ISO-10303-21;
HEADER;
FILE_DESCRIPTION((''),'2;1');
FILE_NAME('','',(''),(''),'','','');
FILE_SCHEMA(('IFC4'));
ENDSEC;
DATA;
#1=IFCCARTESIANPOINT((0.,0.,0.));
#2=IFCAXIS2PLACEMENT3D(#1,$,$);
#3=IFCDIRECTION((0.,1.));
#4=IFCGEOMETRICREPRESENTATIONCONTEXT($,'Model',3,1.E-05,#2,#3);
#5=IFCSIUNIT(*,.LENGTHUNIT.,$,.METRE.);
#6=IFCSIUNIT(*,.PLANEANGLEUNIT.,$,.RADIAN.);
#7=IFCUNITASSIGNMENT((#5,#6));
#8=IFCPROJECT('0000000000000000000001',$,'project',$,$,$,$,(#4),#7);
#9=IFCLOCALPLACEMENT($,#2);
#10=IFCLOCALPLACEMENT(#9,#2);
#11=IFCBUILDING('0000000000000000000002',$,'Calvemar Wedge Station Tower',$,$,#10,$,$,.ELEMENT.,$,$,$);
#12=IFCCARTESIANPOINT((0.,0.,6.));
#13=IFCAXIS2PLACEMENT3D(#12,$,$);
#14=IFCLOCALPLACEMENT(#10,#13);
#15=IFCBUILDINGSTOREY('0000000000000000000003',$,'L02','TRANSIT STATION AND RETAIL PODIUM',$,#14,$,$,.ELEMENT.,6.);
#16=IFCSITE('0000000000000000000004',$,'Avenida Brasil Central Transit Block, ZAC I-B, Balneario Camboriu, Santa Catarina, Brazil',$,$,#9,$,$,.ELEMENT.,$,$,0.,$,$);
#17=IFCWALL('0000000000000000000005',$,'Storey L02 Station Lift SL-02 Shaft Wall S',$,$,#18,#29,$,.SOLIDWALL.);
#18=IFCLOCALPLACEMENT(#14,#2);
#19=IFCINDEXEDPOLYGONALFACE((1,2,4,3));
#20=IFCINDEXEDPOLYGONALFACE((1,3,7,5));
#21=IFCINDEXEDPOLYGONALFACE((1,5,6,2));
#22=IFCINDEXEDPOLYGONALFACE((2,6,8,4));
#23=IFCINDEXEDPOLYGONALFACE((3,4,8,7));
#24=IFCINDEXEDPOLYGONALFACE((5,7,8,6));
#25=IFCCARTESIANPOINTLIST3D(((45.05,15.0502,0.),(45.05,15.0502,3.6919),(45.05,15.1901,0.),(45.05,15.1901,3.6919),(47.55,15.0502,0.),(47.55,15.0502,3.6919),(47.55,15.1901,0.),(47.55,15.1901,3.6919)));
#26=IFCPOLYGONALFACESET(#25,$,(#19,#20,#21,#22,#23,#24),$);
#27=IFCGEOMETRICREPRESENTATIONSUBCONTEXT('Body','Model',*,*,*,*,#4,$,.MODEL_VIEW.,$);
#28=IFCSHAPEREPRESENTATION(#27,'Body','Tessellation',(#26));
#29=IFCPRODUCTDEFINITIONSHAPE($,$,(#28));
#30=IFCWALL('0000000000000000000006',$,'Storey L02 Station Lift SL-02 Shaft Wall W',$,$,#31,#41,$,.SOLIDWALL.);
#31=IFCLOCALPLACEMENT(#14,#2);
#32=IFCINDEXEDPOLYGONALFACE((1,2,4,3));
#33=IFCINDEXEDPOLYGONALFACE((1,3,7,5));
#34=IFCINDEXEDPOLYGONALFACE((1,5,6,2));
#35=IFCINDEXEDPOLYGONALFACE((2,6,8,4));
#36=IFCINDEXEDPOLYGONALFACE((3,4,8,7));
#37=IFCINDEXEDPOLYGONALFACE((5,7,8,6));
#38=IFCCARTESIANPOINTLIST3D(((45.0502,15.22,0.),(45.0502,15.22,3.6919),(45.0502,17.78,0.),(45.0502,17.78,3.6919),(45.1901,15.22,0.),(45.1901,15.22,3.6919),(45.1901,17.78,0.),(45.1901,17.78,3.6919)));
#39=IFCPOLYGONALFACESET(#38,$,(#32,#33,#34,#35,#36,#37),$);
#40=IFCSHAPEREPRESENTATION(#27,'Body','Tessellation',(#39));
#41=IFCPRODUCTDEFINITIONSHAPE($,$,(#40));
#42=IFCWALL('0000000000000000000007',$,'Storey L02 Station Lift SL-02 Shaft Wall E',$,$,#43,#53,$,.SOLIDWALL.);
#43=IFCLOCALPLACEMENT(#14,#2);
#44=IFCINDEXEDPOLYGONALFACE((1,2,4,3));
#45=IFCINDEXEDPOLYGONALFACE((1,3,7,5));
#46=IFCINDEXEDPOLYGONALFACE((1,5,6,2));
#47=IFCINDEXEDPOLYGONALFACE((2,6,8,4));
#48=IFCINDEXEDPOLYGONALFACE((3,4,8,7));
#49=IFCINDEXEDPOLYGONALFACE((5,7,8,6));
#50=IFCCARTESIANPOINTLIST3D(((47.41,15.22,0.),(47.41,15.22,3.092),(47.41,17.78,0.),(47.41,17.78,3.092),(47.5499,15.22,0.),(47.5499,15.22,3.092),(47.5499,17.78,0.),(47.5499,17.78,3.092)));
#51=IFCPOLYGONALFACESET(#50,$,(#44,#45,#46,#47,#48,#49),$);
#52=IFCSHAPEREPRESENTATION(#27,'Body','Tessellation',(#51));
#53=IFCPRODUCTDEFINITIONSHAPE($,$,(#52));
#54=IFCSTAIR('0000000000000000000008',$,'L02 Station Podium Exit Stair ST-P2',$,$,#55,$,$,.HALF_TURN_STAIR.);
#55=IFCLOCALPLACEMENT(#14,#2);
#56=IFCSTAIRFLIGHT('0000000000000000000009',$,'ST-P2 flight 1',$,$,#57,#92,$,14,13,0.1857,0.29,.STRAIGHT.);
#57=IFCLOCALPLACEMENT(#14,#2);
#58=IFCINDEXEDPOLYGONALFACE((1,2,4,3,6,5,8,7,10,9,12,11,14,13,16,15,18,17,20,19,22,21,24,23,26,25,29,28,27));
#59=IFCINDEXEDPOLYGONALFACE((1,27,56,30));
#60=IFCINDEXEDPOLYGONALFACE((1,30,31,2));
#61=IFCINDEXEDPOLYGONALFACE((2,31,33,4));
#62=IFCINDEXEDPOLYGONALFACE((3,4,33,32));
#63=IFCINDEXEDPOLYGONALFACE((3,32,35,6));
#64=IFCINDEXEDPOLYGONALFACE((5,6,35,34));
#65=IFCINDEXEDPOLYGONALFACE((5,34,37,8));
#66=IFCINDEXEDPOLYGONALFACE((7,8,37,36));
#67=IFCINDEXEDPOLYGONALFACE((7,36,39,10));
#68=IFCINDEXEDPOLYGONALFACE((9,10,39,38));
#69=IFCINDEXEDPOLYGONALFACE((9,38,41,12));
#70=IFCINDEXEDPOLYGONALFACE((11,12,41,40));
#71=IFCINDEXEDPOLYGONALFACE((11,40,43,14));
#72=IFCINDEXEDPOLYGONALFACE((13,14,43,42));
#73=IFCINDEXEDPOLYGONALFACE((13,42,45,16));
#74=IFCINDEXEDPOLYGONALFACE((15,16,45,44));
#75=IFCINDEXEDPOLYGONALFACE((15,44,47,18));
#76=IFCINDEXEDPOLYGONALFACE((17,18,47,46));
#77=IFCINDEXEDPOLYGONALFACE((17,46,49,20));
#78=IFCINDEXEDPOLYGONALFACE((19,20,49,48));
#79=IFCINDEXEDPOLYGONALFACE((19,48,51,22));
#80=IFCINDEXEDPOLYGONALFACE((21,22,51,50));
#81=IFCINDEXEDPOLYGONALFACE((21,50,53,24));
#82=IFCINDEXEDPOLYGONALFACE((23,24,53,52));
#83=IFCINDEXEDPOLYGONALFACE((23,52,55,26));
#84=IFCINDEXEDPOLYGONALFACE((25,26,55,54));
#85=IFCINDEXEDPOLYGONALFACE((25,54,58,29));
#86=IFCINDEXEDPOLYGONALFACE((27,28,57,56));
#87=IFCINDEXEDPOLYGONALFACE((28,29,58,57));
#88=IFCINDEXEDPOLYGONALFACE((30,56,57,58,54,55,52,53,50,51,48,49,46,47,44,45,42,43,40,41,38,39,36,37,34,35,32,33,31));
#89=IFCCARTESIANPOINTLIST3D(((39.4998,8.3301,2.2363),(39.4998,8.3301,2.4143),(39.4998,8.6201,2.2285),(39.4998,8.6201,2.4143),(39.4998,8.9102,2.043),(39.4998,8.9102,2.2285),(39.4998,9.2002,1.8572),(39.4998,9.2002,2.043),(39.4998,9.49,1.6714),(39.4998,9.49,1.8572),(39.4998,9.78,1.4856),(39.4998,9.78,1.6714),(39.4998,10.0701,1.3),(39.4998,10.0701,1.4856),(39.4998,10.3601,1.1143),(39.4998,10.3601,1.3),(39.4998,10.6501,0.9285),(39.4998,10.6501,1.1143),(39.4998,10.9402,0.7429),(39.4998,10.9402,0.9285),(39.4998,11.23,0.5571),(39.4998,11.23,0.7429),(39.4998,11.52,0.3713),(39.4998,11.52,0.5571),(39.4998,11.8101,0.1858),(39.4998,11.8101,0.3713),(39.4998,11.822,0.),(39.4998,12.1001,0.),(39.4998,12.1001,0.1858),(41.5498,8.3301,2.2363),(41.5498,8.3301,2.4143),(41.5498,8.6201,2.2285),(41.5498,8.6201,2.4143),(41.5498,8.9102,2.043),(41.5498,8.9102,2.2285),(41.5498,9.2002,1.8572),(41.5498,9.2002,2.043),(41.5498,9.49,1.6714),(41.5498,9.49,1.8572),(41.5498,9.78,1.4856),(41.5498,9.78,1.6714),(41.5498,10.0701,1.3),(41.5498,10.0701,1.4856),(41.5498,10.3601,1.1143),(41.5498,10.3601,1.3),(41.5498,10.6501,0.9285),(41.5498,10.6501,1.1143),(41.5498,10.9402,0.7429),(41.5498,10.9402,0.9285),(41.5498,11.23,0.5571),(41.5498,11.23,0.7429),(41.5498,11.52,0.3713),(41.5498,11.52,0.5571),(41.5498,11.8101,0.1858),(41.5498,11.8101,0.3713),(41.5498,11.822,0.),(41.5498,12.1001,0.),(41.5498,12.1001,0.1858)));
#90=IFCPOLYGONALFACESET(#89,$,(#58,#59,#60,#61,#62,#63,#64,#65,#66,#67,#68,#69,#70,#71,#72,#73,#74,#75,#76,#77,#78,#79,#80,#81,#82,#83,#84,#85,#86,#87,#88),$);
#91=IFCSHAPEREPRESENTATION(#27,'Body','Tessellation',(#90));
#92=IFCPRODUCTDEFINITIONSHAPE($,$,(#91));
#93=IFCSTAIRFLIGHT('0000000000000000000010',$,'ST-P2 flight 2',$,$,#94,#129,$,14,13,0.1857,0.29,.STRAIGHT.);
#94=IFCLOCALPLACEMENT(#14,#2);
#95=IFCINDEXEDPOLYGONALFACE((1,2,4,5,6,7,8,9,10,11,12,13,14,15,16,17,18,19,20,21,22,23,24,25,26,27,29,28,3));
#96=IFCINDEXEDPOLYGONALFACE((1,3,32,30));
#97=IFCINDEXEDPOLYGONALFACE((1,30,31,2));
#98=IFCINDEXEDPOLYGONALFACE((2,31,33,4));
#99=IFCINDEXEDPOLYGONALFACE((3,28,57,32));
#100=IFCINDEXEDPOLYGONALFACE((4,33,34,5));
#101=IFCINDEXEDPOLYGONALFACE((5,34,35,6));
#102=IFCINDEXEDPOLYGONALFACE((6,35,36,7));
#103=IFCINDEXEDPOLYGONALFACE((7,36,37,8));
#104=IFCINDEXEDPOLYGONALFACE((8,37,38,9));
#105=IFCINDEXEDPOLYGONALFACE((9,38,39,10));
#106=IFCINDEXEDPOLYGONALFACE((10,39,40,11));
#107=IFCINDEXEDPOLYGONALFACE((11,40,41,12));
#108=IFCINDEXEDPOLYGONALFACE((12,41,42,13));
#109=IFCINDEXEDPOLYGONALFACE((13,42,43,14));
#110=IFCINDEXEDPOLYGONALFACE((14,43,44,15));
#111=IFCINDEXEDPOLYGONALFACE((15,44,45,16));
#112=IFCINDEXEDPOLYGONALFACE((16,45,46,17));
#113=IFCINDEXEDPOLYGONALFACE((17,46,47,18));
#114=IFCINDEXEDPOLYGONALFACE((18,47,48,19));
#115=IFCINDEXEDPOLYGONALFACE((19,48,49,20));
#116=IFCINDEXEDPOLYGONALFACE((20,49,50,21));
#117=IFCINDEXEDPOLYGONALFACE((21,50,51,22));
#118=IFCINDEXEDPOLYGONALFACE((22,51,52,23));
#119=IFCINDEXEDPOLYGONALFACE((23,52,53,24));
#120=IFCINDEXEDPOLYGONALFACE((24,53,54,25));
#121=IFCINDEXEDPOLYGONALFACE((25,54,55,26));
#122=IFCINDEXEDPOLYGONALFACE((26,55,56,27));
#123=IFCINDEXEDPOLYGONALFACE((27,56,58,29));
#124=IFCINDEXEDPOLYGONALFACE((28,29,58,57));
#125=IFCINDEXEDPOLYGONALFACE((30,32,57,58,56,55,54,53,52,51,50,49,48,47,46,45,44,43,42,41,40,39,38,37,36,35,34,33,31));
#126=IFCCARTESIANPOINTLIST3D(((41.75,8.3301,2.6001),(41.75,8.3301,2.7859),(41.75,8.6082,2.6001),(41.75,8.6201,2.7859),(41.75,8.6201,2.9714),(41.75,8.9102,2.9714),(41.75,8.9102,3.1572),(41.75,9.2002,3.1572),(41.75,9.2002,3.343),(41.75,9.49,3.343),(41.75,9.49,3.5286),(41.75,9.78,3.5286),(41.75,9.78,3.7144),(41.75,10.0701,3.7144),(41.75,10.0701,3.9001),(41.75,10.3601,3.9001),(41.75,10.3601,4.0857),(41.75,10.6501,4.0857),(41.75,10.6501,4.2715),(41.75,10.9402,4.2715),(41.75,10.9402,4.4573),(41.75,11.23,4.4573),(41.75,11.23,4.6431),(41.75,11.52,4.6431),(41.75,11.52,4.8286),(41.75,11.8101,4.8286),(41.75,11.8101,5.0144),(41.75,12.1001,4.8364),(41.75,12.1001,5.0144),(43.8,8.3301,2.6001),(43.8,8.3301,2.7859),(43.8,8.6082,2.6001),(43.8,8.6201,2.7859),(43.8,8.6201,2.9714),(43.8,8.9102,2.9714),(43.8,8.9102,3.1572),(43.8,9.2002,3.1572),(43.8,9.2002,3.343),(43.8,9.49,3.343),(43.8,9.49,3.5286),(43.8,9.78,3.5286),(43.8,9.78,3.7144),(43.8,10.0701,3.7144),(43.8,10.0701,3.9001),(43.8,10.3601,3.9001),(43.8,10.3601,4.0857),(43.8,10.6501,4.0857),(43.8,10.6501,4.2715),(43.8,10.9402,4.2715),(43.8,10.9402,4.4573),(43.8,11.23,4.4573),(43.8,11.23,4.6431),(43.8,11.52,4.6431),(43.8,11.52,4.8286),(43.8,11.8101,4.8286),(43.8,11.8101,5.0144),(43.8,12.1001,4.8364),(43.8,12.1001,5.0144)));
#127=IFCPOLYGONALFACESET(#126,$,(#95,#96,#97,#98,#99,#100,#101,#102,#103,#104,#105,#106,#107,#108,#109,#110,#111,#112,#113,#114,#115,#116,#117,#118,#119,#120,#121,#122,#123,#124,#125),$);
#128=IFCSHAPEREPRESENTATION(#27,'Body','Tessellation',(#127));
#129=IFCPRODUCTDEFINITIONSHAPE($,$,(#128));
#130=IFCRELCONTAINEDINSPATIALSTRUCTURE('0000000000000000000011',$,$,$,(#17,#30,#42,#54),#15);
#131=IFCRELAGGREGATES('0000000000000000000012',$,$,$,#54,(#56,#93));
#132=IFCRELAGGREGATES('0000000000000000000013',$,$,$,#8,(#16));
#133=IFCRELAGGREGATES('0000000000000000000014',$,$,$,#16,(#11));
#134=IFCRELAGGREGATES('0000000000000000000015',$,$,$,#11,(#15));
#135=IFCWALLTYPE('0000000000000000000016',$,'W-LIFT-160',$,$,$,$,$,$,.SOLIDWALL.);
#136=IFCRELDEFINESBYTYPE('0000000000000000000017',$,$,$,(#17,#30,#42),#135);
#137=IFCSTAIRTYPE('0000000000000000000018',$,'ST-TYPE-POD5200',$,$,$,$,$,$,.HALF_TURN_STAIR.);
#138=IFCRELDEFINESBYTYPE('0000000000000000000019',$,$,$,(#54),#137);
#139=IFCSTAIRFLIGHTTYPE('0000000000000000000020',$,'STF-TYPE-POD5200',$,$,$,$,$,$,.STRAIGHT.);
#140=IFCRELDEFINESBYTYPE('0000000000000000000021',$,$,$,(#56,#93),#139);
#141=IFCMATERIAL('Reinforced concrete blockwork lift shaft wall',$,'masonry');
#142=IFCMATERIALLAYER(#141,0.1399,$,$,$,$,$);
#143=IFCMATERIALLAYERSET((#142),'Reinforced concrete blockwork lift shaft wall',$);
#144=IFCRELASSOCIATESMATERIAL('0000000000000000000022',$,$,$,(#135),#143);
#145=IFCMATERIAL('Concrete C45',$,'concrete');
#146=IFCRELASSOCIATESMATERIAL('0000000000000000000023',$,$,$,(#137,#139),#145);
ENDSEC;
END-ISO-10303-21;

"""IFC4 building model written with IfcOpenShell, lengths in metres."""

from ifc_helpers import new_model, si_unit, direction, frame, frame_2d, origin, place, context, subcontext, project, spatial, polyline, rectangle, outline, extrude, material, layer, layer_set, type_object, element, aggregate, save


model = new_model("IFC4")

# Units and contexts
model_context = context("Model", 3, precision=1e-05, world=origin(), true_north=direction((0.0, 1.0)))
body_context = subcontext(model_context, "Body", "Model", "MODEL_VIEW")
ifc_project = project(units=[si_unit("LENGTHUNIT", "METRE"), si_unit("PLANEANGLEUNIT", "RADIAN")], contexts=[model_context])

# Site, building, storey
site_placement = place(None, origin())
site = spatial("IfcSite", under=ifc_project, at=site_placement, Name="Avenida Brasil Central Transit Block, ZAC I-B, Balneario Camboriu, Santa Catarina, Brazil", CompositionType="ELEMENT", RefElevation=0.0)
building_placement = place(site_placement, origin())
building = spatial("IfcBuilding", under=site, at=building_placement, Name="Calvemar Wedge Station Tower", CompositionType="ELEMENT")
storey_placement = place(building_placement, frame((0.0, 0.0, 6.0)))
storey = spatial("IfcBuildingStorey", under=building, at=storey_placement, Name="L02", Description="TRANSIT STATION AND RETAIL PODIUM", CompositionType="ELEMENT", Elevation=6.0)

# Shared definitions
ifc_material_1 = material(Name="Reinforced concrete blockwork lift shaft wall", Category="masonry")
ifc_layer_1 = layer(ifc_material_1, 0.1399)
ifc_layer_set_1 = layer_set([ifc_layer_1], Name="Reinforced concrete blockwork lift shaft wall")
wall_type_1 = type_object("IfcWallType", Name="W-LIFT-160", PredefinedType="SOLIDWALL", material=ifc_layer_set_1)

# Walls
wall_1_placement = place(storey_placement, frame((45.05, 15.1201, 0.0), z_axis=(0.0, 0.0, 1.0), x_axis=(1.0, 0.0, 0.0)))
element("IfcWall", 1, at=wall_1_placement, inside=storey, type_object=wall_type_1, Name="Storey L02 Station Lift SL-02 Shaft Wall S", PredefinedType="SOLIDWALL", context=body_context, shape_type="SweptSolid", body=[
    extrude(rectangle(XDim=2.5, YDim=0.1399, at=frame_2d((1.25, 0.0))), origin(), (0.0, 0.0, 1.0), 3.6919),
])
wall_2_placement = place(storey_placement, frame((45.1201, 15.22, 0.0), z_axis=(0.0, 0.0, 1.0), x_axis=(0.0, 1.0, 0.0)))
element("IfcWall", 2, at=wall_2_placement, inside=storey, type_object=wall_type_1, Name="Storey L02 Station Lift SL-02 Shaft Wall W", PredefinedType="SOLIDWALL", context=body_context, shape_type="SweptSolid", body=[
    extrude(rectangle(XDim=2.5601, YDim=0.1399, at=frame_2d((1.28, 0.0))), origin(), (0.0, 0.0, 1.0), 3.6919),
])
wall_3_placement = place(storey_placement, frame((47.48, 15.22, 0.0), z_axis=(0.0, 0.0, 1.0), x_axis=(0.0, 1.0, 0.0)))
element("IfcWall", 3, at=wall_3_placement, inside=storey, type_object=wall_type_1, Name="Storey L02 Station Lift SL-02 Shaft Wall E", PredefinedType="SOLIDWALL", context=body_context, shape_type="SweptSolid", body=[
    extrude(rectangle(XDim=2.5601, YDim=0.1399, at=frame_2d((1.28, 0.0))), origin(), (0.0, 0.0, 1.0), 3.092),
])

# Stair, stair flights
ifc_material_2 = material(Name="Concrete C45", Category="concrete")
stair_type = type_object("IfcStairType", Name="ST-TYPE-POD5200", PredefinedType="HALF_TURN_STAIR", material=ifc_material_2)
stair_placement = place(storey_placement, origin())
stair = element("IfcStair", 4, at=stair_placement, inside=storey, type_object=stair_type, Name="L02 Station Podium Exit Stair ST-P2", PredefinedType="HALF_TURN_STAIR")
stair_flight_type = type_object("IfcStairFlightType", Name="STF-TYPE-POD5200", PredefinedType="STRAIGHT", material=ifc_material_2)
stair_flight_1_placement = place(storey_placement, frame((40.5249, 12.1001, 0.0), z_axis=(0.0, 0.0, 1.0), x_axis=(0.0, -1.0, 0.0)))
stair_flight_1 = element("IfcStairFlight", 5, at=stair_flight_1_placement, type_object=stair_flight_type, Name="ST-P2 flight 1", NumberOfRisers=14, NumberOfTreads=13, PredefinedType="STRAIGHT", RiserHeight=0.1857, TreadLength=0.29, context=body_context, shape_type="SweptSolid", body=[
    extrude(outline(polyline([(0.0, 0.0), (0.0, 0.1858), (0.29, 0.1858), (0.29, 0.3713), (0.5801, 0.3713), (0.5801, 0.5571), (0.8701, 0.5571), (0.8701, 0.7429), (1.1599, 0.7429), (1.1599, 0.9285), (1.45, 0.9285), (1.45, 1.1143), (1.74, 1.1143), (1.74, 1.3), (2.03, 1.3), (2.03, 1.4856), (2.3201, 1.4856), (2.3201, 1.6714), (2.6101, 1.6714), (2.6101, 1.8572), (2.8999, 1.8572), (2.8999, 2.043), (3.1899, 2.043), (3.1899, 2.2285), (3.48, 2.2285), (3.48, 2.4143), (3.77, 2.4143), (3.77, 2.6001), (3.77, 2.2363), (0.2781, 0.0), (0.0, 0.0)])), frame((0.0, 1.0249, 0.0), z_axis=(0.0, -1.0, 0.0), x_axis=(1.0, 0.0, 0.0)), (0.0, 0.0, 1.0), 2.05),
])
stair_flight_2_placement = place(storey_placement, frame((42.7749, 8.3301, 2.6001), z_axis=(0.0, 0.0, 1.0), x_axis=(0.0, 1.0, 0.0)))
stair_flight_2 = element("IfcStairFlight", 6, at=stair_flight_2_placement, type_object=stair_flight_type, Name="ST-P2 flight 2", NumberOfRisers=14, NumberOfTreads=13, PredefinedType="STRAIGHT", RiserHeight=0.1857, TreadLength=0.29, context=body_context, shape_type="SweptSolid", body=[
    extrude(outline(polyline([(0.0, 0.0), (0.0, 0.1858), (0.29, 0.1858), (0.29, 0.3713), (0.5801, 0.3713), (0.5801, 0.5571), (0.8701, 0.5571), (0.8701, 0.7429), (1.1599, 0.7429), (1.1599, 0.9285), (1.45, 0.9285), (1.45, 1.1143), (1.74, 1.1143), (1.74, 1.3), (2.03, 1.3), (2.03, 1.4856), (2.3201, 1.4856), (2.3201, 1.6714), (2.6101, 1.6714), (2.6101, 1.8572), (2.8999, 1.8572), (2.8999, 2.043), (3.1899, 2.043), (3.1899, 2.2285), (3.48, 2.2285), (3.48, 2.4143), (3.77, 2.4143), (3.77, 2.6001), (3.77, 2.2363), (0.2781, 0.0), (0.0, 0.0)])), frame((0.0, 1.0249, 0.0), z_axis=(0.0, -1.0, 0.0), x_axis=(1.0, 0.0, 0.0)), (0.0, 0.0, 1.0), 2.05),
])
aggregate(stair, [stair_flight_1, stair_flight_2])

save(model, "model.ifc")
